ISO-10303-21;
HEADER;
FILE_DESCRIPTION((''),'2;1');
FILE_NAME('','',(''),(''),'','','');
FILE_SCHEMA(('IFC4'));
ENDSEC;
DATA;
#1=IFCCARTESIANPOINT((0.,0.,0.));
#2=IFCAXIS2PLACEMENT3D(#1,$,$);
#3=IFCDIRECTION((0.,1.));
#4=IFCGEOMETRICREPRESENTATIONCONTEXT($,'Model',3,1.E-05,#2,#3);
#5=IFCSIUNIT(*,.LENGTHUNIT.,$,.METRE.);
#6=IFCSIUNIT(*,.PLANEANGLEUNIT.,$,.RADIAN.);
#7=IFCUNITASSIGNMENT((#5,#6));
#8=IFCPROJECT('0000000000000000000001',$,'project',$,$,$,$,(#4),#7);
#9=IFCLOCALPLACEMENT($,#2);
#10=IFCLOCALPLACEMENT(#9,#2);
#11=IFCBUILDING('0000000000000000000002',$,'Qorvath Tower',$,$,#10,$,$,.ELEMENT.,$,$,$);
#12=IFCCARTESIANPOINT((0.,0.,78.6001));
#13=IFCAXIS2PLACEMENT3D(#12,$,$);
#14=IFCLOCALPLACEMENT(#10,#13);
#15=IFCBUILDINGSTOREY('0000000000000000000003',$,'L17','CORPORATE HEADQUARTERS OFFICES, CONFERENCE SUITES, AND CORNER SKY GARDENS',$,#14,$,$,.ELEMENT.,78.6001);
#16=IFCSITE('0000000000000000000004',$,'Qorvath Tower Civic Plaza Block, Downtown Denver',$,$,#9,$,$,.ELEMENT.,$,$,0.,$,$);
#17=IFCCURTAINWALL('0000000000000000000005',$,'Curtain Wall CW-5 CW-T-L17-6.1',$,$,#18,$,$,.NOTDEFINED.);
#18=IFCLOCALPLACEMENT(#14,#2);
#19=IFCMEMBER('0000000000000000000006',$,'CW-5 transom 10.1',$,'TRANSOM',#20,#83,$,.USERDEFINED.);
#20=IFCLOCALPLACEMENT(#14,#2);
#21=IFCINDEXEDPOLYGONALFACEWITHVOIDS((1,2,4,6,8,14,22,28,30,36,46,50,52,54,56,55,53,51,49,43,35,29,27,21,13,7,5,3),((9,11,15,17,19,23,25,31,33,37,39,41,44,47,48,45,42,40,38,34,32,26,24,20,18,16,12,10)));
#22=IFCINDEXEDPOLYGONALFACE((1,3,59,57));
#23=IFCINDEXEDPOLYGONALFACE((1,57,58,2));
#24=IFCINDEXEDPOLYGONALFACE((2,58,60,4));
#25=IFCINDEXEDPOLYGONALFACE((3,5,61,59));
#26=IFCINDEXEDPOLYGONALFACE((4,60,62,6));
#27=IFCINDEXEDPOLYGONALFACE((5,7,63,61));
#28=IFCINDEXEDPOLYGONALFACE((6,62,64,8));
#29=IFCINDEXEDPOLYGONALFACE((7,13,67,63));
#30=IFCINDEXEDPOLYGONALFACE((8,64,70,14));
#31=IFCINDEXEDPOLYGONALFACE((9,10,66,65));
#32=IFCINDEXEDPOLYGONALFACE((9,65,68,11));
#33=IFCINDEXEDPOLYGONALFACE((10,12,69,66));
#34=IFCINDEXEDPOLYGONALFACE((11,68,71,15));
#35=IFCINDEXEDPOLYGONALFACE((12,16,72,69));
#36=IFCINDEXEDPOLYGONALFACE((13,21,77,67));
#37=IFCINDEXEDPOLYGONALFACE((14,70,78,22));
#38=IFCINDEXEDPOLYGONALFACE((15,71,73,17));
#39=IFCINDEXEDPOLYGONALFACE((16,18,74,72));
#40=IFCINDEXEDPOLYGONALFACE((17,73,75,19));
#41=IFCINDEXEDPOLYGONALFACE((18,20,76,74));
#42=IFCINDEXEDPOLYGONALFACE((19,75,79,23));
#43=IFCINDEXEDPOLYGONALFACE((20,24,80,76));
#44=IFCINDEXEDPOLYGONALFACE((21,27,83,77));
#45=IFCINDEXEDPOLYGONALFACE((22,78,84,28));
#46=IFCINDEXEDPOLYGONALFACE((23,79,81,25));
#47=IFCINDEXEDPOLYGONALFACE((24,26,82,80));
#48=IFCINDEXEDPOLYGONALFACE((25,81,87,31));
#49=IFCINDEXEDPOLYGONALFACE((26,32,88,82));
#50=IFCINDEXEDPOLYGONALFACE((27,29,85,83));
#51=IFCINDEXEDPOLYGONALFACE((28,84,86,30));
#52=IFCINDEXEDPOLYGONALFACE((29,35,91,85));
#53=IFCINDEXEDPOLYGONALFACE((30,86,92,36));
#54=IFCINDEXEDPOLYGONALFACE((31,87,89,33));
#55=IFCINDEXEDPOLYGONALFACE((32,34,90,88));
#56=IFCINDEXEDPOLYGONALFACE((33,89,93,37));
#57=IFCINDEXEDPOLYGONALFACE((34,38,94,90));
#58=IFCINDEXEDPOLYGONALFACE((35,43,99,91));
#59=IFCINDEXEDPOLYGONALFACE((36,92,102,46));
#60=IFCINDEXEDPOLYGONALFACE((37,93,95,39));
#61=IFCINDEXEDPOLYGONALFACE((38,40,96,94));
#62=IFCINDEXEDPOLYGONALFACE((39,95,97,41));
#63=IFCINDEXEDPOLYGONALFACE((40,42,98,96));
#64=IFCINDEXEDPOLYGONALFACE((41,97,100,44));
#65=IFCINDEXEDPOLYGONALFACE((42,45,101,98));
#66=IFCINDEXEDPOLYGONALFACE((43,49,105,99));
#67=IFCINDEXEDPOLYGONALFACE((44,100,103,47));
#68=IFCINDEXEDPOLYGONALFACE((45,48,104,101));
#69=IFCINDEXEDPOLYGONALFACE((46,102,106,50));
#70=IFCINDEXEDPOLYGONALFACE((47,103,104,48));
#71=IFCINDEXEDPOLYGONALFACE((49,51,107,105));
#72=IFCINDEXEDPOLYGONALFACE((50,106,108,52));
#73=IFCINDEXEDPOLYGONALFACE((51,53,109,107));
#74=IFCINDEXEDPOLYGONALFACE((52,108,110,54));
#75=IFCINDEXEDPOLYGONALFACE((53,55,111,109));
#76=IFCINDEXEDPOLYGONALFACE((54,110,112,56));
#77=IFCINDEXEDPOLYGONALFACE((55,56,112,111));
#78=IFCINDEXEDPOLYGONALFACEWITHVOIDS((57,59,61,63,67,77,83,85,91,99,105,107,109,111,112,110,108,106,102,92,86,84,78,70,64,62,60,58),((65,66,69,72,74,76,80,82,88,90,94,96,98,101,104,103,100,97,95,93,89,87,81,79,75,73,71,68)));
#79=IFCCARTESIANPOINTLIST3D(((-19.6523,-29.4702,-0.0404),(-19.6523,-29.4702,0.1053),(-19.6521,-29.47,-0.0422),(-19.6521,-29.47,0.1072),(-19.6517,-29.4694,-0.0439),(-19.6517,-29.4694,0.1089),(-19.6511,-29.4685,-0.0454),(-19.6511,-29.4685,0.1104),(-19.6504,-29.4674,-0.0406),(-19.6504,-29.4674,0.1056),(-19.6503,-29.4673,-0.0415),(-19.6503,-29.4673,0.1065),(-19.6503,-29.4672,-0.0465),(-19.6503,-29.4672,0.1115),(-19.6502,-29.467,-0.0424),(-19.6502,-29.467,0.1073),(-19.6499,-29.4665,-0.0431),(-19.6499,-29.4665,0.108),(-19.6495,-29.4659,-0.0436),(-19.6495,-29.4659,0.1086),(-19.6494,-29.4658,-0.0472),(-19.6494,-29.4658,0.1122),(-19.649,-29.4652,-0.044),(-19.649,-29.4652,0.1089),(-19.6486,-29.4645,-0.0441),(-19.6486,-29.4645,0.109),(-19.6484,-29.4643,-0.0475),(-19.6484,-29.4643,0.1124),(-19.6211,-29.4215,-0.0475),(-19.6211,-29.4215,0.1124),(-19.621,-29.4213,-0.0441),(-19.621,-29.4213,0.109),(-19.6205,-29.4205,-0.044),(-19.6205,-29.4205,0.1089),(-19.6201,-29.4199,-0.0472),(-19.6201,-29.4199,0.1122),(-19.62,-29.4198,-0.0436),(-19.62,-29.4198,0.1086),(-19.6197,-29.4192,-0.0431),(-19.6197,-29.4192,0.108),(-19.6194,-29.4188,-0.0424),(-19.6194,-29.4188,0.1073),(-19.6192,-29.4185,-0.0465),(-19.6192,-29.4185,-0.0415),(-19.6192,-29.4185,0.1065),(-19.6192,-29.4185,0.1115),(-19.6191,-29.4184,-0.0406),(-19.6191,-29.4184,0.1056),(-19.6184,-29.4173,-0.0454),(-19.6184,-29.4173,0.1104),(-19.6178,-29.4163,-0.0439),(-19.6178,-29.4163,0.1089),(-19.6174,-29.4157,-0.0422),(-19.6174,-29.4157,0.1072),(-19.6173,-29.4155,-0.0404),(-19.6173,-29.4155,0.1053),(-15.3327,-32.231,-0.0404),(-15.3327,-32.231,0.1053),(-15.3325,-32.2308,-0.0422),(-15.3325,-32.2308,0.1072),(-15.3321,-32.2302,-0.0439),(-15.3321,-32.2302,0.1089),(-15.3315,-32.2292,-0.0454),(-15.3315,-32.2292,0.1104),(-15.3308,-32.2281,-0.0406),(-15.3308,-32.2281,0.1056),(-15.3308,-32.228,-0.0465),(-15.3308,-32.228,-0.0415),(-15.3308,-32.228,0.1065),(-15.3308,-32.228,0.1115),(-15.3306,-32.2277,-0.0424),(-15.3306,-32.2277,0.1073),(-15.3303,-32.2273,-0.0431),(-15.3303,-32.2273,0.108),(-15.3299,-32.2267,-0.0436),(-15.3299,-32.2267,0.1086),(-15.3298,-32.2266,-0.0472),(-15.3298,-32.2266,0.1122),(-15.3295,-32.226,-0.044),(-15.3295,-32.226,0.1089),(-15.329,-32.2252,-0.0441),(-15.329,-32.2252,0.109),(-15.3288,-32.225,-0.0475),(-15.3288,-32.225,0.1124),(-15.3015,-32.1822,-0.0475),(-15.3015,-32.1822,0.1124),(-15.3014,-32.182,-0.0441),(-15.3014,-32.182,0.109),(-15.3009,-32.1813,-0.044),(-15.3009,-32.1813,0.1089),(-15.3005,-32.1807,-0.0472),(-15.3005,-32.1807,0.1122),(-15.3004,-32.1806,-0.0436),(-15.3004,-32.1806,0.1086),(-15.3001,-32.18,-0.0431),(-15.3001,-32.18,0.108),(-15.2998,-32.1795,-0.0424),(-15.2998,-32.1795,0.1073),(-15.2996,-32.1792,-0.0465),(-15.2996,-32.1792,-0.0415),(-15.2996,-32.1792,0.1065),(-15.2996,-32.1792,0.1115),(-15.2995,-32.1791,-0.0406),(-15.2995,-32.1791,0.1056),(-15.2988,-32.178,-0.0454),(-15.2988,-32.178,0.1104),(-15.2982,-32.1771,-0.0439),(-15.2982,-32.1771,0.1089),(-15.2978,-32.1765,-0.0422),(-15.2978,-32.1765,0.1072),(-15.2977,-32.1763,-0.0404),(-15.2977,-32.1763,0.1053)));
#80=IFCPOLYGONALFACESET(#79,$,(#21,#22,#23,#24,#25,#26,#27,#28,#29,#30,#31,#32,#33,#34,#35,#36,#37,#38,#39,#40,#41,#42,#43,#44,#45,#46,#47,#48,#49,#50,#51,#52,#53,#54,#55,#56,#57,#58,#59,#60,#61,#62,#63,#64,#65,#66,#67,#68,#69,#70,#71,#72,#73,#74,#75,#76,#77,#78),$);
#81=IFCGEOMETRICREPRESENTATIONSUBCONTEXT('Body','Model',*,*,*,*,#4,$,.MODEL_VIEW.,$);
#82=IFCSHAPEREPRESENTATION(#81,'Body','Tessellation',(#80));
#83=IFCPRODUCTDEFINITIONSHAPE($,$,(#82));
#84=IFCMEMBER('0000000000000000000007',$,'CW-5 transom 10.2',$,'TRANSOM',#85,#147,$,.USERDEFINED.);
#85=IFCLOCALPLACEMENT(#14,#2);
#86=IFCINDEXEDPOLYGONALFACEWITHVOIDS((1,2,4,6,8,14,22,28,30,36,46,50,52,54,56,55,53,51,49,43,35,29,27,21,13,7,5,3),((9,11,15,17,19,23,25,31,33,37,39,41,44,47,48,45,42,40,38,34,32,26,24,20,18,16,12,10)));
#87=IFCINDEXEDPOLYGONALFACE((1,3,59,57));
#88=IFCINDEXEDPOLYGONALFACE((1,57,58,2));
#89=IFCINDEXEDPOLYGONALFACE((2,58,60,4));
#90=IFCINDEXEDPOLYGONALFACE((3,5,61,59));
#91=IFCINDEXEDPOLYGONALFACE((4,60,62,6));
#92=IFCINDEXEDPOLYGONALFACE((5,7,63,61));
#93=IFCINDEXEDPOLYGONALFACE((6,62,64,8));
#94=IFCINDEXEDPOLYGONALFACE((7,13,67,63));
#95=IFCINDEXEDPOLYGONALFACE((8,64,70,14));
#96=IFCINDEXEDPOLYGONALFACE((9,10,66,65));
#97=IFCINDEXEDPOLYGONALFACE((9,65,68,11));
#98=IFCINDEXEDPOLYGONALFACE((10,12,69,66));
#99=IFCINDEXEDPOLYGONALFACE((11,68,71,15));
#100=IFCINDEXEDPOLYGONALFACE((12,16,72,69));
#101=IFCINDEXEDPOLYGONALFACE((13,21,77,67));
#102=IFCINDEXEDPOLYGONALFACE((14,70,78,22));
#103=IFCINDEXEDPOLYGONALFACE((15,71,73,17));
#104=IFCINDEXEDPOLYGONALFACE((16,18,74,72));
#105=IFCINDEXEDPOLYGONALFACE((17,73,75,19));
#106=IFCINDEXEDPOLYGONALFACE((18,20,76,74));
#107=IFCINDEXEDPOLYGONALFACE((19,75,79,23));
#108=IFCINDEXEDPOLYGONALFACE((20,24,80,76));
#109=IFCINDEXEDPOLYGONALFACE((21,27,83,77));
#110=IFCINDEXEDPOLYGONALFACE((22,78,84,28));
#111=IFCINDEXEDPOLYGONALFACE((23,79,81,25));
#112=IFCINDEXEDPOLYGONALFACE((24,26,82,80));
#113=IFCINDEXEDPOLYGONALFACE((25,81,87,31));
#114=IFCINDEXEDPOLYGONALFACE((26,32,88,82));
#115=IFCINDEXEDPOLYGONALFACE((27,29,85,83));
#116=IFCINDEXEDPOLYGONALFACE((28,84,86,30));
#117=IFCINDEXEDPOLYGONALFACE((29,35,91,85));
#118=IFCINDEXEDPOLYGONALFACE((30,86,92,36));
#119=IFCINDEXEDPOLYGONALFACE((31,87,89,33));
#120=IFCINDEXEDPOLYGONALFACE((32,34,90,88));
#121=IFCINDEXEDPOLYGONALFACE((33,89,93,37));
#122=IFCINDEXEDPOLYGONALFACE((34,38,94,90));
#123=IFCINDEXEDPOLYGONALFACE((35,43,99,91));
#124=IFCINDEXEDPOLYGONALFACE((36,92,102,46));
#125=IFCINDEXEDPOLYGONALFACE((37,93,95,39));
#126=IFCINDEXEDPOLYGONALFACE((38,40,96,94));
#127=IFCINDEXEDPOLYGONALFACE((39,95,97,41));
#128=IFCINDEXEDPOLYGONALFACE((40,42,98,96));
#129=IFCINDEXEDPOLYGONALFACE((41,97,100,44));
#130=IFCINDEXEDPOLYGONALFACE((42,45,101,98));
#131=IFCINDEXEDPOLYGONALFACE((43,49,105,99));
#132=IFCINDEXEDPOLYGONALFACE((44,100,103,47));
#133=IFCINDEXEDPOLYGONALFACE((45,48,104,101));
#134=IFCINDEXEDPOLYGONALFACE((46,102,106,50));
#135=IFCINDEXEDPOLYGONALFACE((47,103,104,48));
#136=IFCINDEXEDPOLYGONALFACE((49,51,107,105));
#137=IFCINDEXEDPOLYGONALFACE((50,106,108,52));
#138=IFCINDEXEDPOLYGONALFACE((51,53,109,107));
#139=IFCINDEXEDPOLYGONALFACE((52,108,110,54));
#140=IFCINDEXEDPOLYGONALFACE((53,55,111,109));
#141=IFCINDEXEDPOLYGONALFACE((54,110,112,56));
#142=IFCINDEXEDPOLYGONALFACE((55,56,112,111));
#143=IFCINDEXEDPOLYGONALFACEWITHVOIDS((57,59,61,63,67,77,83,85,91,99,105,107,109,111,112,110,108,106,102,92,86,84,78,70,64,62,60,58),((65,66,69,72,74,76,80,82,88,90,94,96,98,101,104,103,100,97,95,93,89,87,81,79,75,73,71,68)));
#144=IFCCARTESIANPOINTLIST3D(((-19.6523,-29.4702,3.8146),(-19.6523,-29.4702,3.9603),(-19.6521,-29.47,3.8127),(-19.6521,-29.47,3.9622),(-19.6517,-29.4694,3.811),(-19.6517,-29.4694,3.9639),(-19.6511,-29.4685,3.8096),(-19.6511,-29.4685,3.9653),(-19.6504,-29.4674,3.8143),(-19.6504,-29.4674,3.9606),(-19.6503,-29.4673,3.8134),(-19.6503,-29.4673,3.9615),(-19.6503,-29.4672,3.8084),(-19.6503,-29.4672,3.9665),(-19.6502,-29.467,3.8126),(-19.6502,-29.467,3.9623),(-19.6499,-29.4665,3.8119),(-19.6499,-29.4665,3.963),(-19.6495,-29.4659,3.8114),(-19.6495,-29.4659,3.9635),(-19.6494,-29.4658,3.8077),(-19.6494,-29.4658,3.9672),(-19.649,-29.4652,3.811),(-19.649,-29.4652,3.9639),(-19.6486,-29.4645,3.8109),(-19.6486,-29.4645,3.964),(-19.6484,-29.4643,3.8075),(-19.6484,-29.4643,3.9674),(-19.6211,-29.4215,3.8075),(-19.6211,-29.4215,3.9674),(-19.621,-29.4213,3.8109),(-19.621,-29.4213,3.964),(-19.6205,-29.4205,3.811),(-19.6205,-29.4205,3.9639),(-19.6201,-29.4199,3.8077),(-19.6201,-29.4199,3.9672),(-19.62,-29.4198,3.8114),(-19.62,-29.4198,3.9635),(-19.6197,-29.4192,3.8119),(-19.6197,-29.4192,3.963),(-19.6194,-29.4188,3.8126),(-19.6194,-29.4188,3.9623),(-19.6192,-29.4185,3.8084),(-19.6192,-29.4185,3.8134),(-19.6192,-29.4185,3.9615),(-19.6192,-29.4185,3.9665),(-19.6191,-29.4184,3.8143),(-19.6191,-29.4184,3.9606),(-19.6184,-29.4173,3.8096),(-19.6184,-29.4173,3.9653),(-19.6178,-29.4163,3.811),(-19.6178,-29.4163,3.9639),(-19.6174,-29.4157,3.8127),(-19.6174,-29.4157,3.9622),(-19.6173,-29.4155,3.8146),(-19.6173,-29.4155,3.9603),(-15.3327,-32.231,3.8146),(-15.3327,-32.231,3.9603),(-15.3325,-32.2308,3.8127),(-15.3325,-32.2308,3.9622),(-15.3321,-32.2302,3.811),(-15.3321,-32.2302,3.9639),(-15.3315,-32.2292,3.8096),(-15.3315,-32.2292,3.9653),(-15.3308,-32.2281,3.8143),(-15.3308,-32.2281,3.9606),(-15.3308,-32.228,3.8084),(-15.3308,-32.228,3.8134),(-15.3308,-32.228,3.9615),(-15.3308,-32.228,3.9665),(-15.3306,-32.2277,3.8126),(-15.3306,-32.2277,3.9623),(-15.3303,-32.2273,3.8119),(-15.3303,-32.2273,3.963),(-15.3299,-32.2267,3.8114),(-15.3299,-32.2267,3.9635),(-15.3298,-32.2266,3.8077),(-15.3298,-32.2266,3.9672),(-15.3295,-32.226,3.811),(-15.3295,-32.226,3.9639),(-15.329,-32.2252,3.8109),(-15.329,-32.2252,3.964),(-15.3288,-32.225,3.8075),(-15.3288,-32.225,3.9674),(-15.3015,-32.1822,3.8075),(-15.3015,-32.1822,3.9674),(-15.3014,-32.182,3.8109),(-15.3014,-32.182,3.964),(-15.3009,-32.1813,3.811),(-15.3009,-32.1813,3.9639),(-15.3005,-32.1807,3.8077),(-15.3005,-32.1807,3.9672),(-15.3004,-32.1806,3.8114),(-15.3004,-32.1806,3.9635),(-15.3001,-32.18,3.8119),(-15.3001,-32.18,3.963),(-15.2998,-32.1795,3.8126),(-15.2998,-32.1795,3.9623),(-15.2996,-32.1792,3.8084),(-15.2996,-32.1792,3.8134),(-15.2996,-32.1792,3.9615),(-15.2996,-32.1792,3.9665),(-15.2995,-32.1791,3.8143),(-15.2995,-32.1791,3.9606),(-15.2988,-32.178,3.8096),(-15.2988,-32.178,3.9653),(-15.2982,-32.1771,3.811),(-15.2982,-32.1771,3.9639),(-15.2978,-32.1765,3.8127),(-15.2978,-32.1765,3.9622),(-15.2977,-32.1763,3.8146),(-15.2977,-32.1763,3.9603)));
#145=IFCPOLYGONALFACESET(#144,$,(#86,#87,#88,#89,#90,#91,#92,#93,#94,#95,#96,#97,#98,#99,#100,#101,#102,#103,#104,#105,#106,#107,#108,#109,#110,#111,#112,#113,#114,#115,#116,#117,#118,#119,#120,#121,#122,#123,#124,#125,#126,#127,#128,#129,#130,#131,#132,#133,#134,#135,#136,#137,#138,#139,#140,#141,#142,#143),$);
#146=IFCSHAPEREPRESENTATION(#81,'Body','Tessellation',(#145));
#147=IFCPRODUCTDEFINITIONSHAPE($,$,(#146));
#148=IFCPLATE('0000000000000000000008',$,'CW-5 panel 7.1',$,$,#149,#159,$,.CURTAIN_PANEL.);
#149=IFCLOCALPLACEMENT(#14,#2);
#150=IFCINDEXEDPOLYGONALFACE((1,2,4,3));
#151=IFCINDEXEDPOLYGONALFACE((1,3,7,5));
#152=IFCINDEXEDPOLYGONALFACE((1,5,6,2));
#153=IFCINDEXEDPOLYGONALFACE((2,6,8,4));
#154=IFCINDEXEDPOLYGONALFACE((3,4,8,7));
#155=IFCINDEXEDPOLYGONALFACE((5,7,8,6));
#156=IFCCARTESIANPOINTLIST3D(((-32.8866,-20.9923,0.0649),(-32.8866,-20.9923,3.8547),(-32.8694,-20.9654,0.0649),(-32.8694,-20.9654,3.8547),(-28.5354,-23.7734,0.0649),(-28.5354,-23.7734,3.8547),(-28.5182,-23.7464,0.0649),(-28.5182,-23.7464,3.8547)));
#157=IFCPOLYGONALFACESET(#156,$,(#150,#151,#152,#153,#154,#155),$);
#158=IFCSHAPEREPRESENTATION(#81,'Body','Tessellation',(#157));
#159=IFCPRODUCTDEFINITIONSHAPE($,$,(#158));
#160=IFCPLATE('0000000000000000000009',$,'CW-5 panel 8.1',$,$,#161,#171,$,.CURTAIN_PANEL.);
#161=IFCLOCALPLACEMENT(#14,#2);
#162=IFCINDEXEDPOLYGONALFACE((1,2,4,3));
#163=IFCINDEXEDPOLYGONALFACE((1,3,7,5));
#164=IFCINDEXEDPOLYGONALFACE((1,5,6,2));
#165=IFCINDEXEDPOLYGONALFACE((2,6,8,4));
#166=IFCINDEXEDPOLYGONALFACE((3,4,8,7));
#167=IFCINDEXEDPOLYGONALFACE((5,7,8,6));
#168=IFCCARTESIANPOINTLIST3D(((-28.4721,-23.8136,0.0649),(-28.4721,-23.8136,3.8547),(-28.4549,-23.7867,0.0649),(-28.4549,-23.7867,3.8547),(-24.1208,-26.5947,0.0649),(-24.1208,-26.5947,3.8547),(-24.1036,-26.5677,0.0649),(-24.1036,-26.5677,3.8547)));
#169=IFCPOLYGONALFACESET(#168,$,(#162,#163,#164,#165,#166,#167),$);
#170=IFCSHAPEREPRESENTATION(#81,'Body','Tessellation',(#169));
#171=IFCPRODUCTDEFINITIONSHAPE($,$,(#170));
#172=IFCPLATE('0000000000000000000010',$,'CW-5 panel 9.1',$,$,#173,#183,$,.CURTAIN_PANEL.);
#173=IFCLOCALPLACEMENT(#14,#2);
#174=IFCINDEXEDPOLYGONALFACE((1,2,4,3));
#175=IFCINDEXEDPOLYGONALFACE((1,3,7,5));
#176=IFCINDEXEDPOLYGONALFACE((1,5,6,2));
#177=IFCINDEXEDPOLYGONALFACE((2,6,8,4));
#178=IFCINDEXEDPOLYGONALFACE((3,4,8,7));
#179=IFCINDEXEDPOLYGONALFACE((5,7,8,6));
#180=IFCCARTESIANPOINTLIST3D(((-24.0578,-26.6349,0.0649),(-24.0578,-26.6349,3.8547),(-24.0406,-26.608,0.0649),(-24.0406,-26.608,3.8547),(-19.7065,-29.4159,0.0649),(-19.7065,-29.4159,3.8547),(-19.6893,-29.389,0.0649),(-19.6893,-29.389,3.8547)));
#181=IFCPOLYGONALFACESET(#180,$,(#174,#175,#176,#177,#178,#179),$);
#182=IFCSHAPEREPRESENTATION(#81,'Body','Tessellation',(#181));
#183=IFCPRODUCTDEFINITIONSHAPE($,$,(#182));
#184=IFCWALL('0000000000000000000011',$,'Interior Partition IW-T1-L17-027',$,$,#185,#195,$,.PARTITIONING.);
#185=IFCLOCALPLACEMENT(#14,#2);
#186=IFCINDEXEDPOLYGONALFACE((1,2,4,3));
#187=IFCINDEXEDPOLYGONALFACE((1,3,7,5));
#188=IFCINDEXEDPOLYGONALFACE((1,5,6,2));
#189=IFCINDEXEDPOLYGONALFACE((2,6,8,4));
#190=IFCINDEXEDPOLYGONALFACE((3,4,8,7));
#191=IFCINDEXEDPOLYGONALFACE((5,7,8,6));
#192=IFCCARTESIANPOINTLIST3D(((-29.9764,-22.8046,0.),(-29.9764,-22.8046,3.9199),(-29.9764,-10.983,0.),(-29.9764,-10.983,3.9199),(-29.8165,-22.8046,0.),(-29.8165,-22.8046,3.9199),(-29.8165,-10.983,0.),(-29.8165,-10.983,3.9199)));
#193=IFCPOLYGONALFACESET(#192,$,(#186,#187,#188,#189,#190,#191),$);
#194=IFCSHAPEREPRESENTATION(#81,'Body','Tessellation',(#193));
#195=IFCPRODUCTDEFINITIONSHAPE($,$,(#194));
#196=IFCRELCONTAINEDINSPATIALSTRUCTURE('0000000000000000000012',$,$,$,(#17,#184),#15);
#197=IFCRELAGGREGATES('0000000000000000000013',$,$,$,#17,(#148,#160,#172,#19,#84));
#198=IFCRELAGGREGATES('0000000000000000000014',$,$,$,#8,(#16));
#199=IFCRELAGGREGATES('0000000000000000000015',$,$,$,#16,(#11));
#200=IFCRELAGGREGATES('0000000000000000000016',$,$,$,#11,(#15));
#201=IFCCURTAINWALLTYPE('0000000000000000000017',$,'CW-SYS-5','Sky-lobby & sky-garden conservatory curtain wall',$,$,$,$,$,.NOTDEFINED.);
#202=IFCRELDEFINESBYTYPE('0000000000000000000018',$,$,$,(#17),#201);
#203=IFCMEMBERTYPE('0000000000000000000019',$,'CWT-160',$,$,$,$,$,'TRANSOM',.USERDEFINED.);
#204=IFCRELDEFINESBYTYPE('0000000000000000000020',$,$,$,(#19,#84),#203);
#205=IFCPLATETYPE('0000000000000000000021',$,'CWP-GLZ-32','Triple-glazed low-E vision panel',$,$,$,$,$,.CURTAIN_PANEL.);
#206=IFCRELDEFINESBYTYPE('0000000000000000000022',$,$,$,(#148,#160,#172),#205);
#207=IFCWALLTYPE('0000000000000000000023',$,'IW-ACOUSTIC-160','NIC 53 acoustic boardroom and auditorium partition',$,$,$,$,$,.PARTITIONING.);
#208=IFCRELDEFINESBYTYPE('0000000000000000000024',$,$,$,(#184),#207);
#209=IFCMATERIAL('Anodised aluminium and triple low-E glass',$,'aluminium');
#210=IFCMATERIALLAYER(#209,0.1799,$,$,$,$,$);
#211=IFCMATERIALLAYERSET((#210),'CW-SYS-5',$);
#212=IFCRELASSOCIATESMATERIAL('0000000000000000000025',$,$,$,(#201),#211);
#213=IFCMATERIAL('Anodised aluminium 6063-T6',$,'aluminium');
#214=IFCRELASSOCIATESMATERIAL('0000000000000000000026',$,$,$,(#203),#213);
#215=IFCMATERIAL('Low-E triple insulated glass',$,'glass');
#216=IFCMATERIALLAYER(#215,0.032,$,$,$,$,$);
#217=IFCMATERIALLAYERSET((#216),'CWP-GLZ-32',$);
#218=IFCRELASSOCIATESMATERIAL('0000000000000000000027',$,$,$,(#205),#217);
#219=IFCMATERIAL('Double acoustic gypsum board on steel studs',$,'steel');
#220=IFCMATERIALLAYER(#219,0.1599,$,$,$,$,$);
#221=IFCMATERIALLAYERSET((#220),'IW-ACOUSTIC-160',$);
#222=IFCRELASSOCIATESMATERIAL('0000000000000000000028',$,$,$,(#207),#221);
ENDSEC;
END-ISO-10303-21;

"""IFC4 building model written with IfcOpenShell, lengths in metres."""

from ifc_helpers import new_model, si_unit, direction, frame, frame_2d, origin, origin_2d, place, context, subcontext, project, spatial, rectangle, hollow_rectangle, extrude, material, layer, layer_set, material_profile, profile_set, type_object, element, aggregate, save


model = new_model("IFC4")

# Units and contexts
model_context = context("Model", 3, precision=1e-05, world=origin(), true_north=direction((0.0, 1.0)))
body_context = subcontext(model_context, "Body", "Model", "MODEL_VIEW")
ifc_project = project(units=[si_unit("LENGTHUNIT", "METRE"), si_unit("PLANEANGLEUNIT", "RADIAN")], contexts=[model_context])

# Site, building, storey
site_placement = place(None, origin())
site = spatial("IfcSite", under=ifc_project, at=site_placement, Name="Qorvath Tower Civic Plaza Block, Downtown Denver", CompositionType="ELEMENT", RefElevation=0.0)
building_placement = place(site_placement, origin())
building = spatial("IfcBuilding", under=site, at=building_placement, Name="Qorvath Tower", CompositionType="ELEMENT")
storey_placement = place(building_placement, frame((0.0, 0.0, 78.6001)))
storey = spatial("IfcBuildingStorey", under=building, at=storey_placement, Name="L17", Description="CORPORATE HEADQUARTERS OFFICES, CONFERENCE SUITES, AND CORNER SKY GARDENS", CompositionType="ELEMENT", Elevation=78.6001)

# Curtain wall, members, plates
ifc_material_1 = material(Name="Anodised aluminium and triple low-E glass", Category="aluminium")
ifc_layer_1 = layer(ifc_material_1, 0.1799)
ifc_layer_set_1 = layer_set([ifc_layer_1], Name="CW-SYS-5")
curtain_wall_type = type_object("IfcCurtainWallType", Name="CW-SYS-5", Description="Sky-lobby & sky-garden conservatory curtain wall", PredefinedType="NOTDEFINED", material=ifc_layer_set_1)
curtain_wall_placement = place(storey_placement, origin())
curtain_wall = element("IfcCurtainWall", 1, at=curtain_wall_placement, inside=storey, type_object=curtain_wall_type, Name="Curtain Wall CW-5 CW-T-L17-6.1", PredefinedType="NOTDEFINED")
ifc_material_2 = material(Name="Anodised aluminium 6063-T6", Category="aluminium")
ifc_material_profile_1 = material_profile(ifc_material_2, hollow_rectangle(XDim=0.0649, YDim=0.1599, WallThickness=0.0034, InnerFilletRadius=0.0034, OuterFilletRadius=0.0071, at=origin_2d()), Name="CWT 160x65")
ifc_profile_set_1 = profile_set([ifc_material_profile_1], Name="Anodised aluminium 6063-T6")
member_type_1 = type_object("IfcMemberType", Name="CWT-160", ElementType="TRANSOM", PredefinedType="USERDEFINED", material=ifc_profile_set_1)
member_1_placement = place(storey_placement, frame((-19.6348, -29.4429, 0.0325), z_axis=(0.842607, -0.538529, 0.0), x_axis=(0.538529, 0.842607, 0.0)))
member_1 = element("IfcMember", 2, at=member_1_placement, type_object=member_type_1, Name="CW-5 transom 10.1", ObjectType="TRANSOM", PredefinedType="USERDEFINED", context=body_context, shape_type="SweptSolid", body=[
    extrude(hollow_rectangle(XDim=0.0649, YDim=0.1599, WallThickness=0.0034, InnerFilletRadius=0.0034, OuterFilletRadius=0.0071, at=origin_2d()), origin(), (0.0, 0.0, 1.0), 5.1265),
])
member_2_placement = place(storey_placement, frame((-19.6348, -29.4429, 3.8875), z_axis=(0.842607, -0.538529, 0.0), x_axis=(0.538529, 0.842607, 0.0)))
member_2 = element("IfcMember", 3, at=member_2_placement, type_object=member_type_1, Name="CW-5 transom 10.2", ObjectType="TRANSOM", PredefinedType="USERDEFINED", context=body_context, shape_type="SweptSolid", body=[
    extrude(hollow_rectangle(XDim=0.0649, YDim=0.1599, WallThickness=0.0034, InnerFilletRadius=0.0034, OuterFilletRadius=0.0071, at=origin_2d()), origin(), (0.0, 0.0, 1.0), 5.1265),
])
ifc_material_3 = material(Name="Low-E triple insulated glass", Category="glass")
ifc_layer_2 = layer(ifc_material_3, 0.032)
ifc_layer_set_2 = layer_set([ifc_layer_2], Name="CWP-GLZ-32")
plate_type = type_object("IfcPlateType", Name="CWP-GLZ-32", Description="Triple-glazed low-E vision panel", PredefinedType="CURTAIN_PANEL", material=ifc_layer_set_2)
plate_1_placement = place(storey_placement, frame((-30.7024, -22.3694, 0.0649), z_axis=(0.0, 0.0, 1.0), x_axis=(0.842604, -0.538533, 0.0)))
plate_1 = element("IfcPlate", 4, at=plate_1_placement, type_object=plate_type, Name="CW-5 panel 7.1", PredefinedType="CURTAIN_PANEL", context=body_context, shape_type="SweptSolid", body=[
    extrude(rectangle(XDim=5.1641, YDim=0.032, at=origin_2d()), origin(), (0.0, 0.0, 1.0), 3.7898),
])
plate_2_placement = place(storey_placement, frame((-26.2878, -25.1907, 0.0649), z_axis=(0.0, 0.0, 1.0), x_axis=(0.842604, -0.538533, 0.0)))
plate_2 = element("IfcPlate", 5, at=plate_2_placement, type_object=plate_type, Name="CW-5 panel 8.1", PredefinedType="CURTAIN_PANEL", context=body_context, shape_type="SweptSolid", body=[
    extrude(rectangle(XDim=5.1641, YDim=0.032, at=origin_2d()), origin(), (0.0, 0.0, 1.0), 3.7898),
])
plate_3_placement = place(storey_placement, frame((-21.8735, -28.012, 0.0649), z_axis=(0.0, 0.0, 1.0), x_axis=(0.842604, -0.538533, 0.0)))
plate_3 = element("IfcPlate", 6, at=plate_3_placement, type_object=plate_type, Name="CW-5 panel 9.1", PredefinedType="CURTAIN_PANEL", context=body_context, shape_type="SweptSolid", body=[
    extrude(rectangle(XDim=5.1641, YDim=0.032, at=origin_2d()), origin(), (0.0, 0.0, 1.0), 3.7898),
])
aggregate(curtain_wall, [plate_1, plate_2, plate_3, member_1, member_2])

# Shared definitions
ifc_material_4 = material(Name="Double acoustic gypsum board on steel studs", Category="steel")
ifc_layer_3 = layer(ifc_material_4, 0.1599)
ifc_layer_set_3 = layer_set([ifc_layer_3], Name="IW-ACOUSTIC-160")
wall_type_1 = type_object("IfcWallType", Name="IW-ACOUSTIC-160", Description="NIC 53 acoustic boardroom and auditorium partition", PredefinedType="PARTITIONING", material=ifc_layer_set_3)

# Wall
wall_1_placement = place(storey_placement, frame((-29.8965, -22.8044, 0.0), z_axis=(0.0, 0.0, 1.0), x_axis=(0.0, 1.0, 0.0)))
element("IfcWall", 7, at=wall_1_placement, inside=storey, type_object=wall_type_1, Name="Interior Partition IW-T1-L17-027", PredefinedType="PARTITIONING", context=body_context, shape_type="SweptSolid", body=[
    extrude(rectangle(XDim=11.8215, YDim=0.1599, at=frame_2d((5.9106, 0.0))), origin(), (0.0, 0.0, 1.0), 3.9199),
])

save(model, "model.ifc")
